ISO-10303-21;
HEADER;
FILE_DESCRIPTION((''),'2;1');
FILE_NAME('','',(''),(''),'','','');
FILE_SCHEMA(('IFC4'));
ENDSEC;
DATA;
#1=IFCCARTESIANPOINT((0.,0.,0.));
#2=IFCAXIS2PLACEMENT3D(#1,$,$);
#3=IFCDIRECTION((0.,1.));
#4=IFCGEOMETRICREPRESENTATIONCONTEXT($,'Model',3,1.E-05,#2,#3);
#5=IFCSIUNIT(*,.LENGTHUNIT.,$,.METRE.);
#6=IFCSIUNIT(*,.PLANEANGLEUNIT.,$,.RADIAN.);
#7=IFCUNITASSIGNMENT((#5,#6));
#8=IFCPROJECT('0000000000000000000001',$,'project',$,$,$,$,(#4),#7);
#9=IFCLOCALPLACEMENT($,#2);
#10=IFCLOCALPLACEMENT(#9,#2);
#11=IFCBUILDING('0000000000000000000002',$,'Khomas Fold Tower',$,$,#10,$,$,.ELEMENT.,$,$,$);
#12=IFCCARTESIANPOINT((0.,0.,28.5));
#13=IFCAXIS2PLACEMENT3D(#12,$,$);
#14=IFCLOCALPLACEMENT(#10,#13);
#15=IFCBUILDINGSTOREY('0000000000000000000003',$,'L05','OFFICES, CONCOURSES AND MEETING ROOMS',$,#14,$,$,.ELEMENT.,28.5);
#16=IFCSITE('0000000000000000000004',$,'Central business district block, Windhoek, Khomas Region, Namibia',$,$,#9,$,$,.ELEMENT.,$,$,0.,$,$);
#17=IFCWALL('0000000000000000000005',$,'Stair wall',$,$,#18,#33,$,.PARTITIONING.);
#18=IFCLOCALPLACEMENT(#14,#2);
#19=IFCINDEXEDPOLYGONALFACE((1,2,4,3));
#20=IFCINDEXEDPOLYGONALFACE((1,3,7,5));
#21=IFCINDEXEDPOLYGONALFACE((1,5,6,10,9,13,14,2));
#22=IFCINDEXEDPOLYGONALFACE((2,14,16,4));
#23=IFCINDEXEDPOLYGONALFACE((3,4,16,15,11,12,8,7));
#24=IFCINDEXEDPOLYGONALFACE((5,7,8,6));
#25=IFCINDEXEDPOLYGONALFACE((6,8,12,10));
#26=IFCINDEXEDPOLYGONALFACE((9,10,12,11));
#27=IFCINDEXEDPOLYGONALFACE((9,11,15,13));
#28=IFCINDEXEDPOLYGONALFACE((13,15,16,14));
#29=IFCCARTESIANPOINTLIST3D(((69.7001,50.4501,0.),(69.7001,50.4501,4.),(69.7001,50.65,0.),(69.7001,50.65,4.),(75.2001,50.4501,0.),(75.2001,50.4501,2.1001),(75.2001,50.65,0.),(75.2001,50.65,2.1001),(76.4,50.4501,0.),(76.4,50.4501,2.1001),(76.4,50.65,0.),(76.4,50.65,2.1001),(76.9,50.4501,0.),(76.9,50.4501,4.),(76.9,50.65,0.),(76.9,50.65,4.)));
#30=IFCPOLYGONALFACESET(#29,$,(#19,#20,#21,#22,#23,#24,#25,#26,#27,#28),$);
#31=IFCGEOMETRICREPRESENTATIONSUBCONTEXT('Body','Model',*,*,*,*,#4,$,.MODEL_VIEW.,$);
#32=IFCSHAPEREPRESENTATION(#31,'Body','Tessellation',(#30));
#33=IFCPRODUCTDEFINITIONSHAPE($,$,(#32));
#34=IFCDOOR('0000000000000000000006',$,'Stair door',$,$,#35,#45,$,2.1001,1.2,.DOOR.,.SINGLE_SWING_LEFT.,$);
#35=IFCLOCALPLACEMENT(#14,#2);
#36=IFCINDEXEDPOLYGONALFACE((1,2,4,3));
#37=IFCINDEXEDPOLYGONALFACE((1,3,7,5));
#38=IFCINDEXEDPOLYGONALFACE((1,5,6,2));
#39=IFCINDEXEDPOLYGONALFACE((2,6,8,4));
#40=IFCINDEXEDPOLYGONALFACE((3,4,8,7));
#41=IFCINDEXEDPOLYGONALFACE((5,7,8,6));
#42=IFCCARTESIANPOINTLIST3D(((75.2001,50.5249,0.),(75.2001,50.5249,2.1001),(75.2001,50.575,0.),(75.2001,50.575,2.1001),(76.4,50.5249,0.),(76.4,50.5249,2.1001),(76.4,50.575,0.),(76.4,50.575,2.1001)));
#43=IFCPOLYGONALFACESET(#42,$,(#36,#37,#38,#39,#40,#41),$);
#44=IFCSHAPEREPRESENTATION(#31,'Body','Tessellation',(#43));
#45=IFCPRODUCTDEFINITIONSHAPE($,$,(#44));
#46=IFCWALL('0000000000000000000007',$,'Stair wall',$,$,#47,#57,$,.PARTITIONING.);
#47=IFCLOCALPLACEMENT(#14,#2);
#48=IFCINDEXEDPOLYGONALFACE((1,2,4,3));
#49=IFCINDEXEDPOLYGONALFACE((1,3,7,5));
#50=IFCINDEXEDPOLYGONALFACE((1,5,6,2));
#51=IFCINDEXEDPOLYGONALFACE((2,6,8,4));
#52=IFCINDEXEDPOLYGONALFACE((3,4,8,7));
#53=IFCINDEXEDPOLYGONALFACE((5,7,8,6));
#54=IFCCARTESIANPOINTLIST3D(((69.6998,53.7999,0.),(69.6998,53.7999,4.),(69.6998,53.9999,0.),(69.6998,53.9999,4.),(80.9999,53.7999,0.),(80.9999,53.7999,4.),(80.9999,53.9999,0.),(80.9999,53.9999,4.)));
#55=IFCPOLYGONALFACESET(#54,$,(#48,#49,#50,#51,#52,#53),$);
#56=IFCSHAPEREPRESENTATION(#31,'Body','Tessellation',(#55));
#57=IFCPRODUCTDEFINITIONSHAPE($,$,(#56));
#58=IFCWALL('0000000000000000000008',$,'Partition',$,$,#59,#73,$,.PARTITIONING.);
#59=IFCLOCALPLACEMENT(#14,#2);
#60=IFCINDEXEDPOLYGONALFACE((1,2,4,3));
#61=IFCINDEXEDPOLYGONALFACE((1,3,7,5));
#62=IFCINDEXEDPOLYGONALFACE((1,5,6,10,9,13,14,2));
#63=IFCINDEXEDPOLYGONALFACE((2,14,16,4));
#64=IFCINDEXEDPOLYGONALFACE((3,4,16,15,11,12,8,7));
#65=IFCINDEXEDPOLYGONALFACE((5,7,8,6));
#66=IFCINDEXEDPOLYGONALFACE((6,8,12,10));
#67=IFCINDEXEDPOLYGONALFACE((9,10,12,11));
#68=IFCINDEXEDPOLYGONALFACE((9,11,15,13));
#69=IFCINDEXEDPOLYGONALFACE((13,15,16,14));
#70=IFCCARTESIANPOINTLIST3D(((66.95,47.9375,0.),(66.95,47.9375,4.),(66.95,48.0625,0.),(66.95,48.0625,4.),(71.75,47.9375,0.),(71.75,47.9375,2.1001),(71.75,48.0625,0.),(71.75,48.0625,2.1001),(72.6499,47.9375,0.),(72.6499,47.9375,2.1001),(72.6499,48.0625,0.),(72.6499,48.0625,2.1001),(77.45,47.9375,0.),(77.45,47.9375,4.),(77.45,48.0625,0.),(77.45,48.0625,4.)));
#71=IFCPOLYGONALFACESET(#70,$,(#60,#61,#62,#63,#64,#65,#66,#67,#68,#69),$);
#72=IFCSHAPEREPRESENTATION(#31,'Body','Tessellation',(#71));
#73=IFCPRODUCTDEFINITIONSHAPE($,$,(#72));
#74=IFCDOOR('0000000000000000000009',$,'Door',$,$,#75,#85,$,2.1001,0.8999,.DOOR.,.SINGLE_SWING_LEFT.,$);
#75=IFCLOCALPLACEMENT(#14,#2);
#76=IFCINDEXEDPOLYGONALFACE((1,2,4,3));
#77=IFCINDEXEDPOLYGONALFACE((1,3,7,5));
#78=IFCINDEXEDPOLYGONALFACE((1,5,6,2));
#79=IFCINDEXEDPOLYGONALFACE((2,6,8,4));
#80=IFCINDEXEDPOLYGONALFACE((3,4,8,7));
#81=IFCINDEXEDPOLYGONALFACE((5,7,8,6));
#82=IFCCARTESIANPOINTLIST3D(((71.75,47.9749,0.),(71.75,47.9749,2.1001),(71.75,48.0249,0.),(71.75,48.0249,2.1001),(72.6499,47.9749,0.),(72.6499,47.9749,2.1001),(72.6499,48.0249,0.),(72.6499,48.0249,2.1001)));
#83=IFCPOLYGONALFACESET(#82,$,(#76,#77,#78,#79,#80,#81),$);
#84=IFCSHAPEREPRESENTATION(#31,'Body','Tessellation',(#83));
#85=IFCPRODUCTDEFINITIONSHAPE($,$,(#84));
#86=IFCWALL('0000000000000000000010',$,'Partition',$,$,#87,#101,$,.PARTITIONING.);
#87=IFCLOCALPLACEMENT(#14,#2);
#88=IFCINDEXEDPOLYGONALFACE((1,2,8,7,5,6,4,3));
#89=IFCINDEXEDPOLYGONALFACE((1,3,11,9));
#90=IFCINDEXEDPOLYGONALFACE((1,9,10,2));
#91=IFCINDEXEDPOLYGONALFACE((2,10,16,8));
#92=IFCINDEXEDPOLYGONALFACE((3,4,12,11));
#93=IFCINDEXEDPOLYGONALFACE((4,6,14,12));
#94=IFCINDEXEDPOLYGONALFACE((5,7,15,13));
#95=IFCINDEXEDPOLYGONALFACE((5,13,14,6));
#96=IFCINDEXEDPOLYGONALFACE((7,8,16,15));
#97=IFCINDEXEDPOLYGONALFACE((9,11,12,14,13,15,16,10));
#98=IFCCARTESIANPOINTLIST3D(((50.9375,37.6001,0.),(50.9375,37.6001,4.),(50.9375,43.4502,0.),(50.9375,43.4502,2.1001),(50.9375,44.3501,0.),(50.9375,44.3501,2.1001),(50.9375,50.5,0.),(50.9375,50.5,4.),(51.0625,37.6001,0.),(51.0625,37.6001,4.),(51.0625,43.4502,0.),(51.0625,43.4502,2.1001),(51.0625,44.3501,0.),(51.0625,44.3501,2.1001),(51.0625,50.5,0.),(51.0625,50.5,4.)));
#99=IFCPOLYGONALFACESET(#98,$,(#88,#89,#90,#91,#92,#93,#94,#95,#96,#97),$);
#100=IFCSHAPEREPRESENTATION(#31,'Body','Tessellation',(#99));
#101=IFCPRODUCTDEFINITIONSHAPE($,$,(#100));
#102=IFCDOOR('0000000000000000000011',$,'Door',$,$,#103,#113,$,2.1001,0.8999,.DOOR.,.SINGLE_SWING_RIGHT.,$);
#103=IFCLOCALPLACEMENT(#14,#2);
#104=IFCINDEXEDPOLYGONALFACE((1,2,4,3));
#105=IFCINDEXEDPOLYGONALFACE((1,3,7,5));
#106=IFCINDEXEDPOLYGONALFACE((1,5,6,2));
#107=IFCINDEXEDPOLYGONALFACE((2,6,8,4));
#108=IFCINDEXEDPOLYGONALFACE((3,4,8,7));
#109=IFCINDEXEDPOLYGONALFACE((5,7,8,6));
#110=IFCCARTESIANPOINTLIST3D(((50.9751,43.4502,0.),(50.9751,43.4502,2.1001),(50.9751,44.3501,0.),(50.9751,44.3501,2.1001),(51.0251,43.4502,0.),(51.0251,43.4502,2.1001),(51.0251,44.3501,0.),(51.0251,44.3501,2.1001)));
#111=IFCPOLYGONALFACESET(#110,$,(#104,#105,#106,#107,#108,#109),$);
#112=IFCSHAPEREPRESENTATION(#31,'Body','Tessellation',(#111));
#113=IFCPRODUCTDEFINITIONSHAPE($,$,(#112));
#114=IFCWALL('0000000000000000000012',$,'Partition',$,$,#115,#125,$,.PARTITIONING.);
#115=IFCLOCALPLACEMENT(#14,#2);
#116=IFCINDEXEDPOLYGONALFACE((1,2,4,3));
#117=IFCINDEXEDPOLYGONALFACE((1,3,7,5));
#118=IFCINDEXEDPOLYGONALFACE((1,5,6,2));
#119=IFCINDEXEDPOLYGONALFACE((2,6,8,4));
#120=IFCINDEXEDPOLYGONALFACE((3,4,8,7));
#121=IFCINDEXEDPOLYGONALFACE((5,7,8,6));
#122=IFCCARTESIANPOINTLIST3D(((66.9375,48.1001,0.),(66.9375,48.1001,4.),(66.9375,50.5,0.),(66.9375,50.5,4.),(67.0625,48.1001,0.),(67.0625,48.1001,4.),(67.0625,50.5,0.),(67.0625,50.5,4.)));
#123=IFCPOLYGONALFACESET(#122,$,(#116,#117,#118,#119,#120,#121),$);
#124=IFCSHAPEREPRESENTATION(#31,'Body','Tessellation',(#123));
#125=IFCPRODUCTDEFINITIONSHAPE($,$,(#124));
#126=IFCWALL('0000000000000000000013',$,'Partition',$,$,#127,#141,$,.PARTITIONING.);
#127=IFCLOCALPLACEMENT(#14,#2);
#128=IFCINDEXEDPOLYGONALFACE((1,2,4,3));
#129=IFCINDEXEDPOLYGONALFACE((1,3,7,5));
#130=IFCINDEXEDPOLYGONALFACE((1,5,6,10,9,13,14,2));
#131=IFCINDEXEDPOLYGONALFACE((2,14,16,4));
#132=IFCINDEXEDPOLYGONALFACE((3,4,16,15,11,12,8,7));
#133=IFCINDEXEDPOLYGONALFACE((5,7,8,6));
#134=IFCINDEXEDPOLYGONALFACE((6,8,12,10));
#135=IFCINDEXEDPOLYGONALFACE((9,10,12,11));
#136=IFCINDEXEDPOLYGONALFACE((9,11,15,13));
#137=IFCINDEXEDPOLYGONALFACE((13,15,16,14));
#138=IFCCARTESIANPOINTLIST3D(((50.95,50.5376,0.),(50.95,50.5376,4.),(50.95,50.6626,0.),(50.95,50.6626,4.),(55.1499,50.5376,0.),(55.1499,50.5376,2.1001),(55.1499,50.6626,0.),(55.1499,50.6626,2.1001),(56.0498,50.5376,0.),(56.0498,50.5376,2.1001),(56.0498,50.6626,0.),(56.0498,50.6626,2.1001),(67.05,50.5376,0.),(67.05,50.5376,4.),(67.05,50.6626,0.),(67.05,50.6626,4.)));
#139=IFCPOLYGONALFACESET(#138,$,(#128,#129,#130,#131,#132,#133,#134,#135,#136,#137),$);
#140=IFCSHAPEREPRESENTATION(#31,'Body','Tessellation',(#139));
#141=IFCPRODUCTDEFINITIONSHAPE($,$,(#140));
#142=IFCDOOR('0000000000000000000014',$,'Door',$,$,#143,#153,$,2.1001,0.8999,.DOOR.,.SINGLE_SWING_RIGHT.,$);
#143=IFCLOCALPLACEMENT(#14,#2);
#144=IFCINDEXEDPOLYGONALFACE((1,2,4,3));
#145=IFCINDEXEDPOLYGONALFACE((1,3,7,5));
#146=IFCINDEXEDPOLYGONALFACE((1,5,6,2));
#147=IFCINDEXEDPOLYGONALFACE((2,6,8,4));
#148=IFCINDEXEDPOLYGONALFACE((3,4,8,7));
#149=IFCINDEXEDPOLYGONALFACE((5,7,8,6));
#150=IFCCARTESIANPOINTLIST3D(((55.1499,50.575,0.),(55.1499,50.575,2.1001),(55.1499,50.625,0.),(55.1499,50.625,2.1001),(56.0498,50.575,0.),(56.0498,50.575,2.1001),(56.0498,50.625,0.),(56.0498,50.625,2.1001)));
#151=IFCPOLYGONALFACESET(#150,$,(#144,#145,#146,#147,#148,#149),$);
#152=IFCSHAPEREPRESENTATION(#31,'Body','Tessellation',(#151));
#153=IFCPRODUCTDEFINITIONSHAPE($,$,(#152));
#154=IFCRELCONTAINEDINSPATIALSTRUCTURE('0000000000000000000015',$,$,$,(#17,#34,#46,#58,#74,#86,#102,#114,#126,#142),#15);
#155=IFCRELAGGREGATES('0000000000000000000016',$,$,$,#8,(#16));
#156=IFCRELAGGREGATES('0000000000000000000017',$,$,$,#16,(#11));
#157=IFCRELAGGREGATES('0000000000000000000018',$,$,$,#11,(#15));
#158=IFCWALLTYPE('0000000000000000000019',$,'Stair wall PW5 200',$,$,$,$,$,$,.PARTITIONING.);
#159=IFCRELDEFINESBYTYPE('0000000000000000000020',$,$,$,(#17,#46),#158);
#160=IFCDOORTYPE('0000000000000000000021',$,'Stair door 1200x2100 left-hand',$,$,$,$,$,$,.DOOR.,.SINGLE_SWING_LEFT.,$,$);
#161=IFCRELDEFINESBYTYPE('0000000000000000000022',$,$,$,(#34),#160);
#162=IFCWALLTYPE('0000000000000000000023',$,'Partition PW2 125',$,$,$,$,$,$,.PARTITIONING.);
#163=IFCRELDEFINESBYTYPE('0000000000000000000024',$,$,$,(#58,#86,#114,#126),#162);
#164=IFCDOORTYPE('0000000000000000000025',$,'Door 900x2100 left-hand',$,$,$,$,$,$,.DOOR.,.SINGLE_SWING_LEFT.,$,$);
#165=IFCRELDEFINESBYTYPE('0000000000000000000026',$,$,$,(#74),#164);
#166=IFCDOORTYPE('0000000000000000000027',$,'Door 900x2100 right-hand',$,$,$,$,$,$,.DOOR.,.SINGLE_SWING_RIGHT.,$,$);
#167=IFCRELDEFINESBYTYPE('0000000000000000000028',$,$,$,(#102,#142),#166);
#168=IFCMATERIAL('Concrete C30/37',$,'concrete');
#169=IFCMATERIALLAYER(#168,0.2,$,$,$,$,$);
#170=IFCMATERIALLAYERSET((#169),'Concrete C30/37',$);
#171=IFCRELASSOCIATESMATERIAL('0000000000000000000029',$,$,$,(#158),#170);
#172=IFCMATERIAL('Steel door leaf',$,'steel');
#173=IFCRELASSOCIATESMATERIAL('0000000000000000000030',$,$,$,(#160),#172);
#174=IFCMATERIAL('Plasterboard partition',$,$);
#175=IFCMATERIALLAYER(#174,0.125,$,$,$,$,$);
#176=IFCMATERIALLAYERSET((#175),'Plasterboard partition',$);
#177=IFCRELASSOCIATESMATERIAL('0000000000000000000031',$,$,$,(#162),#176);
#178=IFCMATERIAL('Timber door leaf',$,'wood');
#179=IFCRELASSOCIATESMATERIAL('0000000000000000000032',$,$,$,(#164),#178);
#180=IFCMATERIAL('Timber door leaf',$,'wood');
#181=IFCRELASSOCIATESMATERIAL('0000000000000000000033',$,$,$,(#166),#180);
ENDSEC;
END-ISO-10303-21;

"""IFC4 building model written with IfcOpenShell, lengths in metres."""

from ifc_helpers import new_model, si_unit, direction, frame, frame_2d, origin, place, context, subcontext, project, spatial, rectangle, extrude, source, transform, mapped, material, layer, layer_set, type_object, element, fill, save


model = new_model("IFC4")

# Units and contexts
model_context = context("Model", 3, precision=1e-05, world=origin(), true_north=direction((0.0, 1.0)))
body_context = subcontext(model_context, "Body", "Model", "MODEL_VIEW")
ifc_project = project(units=[si_unit("LENGTHUNIT", "METRE"), si_unit("PLANEANGLEUNIT", "RADIAN")], contexts=[model_context])

# Site, building, storey
site_placement = place(None, origin())
site = spatial("IfcSite", under=ifc_project, at=site_placement, Name="Central business district block, Windhoek, Khomas Region, Namibia", CompositionType="ELEMENT", RefElevation=0.0)
building_placement = place(site_placement, origin())
building = spatial("IfcBuilding", under=site, at=building_placement, Name="Khomas Fold Tower", CompositionType="ELEMENT")
storey_placement = place(building_placement, frame((0.0, 0.0, 28.5)))
storey = spatial("IfcBuildingStorey", under=building, at=storey_placement, Name="L05", Description="OFFICES, CONCOURSES AND MEETING ROOMS", CompositionType="ELEMENT", Elevation=28.5)

# Wall, opening, door
ifc_material_1 = material(Name="Concrete C30/37", Category="concrete")
ifc_layer_1 = layer(ifc_material_1, 0.2)
ifc_layer_set_1 = layer_set([ifc_layer_1], Name="Concrete C30/37")
wall_type_1 = type_object("IfcWallType", Name="Stair wall PW5 200", PredefinedType="PARTITIONING", material=ifc_layer_set_1)
shared_shape_1 = source(origin(), body_context, "Body", "SweptSolid", [
    extrude(rectangle(XDim=7.2, YDim=0.2, at=frame_2d((3.6001, 0.0))), origin(), (0.0, 0.0, 1.0), 4.0),
])
wall_1_placement = place(storey_placement, frame((69.7, 50.55, 0.0), z_axis=(0.0, 0.0, 1.0), x_axis=(1.0, 0.0, 0.0)))
wall_1 = element("IfcWall", 1, at=wall_1_placement, inside=storey, type_object=wall_type_1, Name="Stair wall", PredefinedType="PARTITIONING", context=body_context, shape_type="MappedRepresentation", body=[
    mapped(shared_shape_1, transform((0.0, 0.0, 0.0))),
])
shared_shape_2 = source(origin(), body_context, "Body", "SweptSolid", [
    extrude(rectangle(XDim=1.2, YDim=2.1001, at=frame_2d((0.6001, 1.05))), frame((0.0, 0.1099, 0.0), z_axis=(0.0, -1.0, 0.0), x_axis=(1.0, 0.0, 0.0)), (0.0, 0.0, 1.0), 0.22),
])
opening_1_placement = place(wall_1_placement, frame((5.5, 0.0, 0.0)))
opening_1 = element("IfcOpeningElement", 2, at=opening_1_placement, cuts=wall_1, PredefinedType="OPENING", context=body_context, shape_type="MappedRepresentation", body=[
    mapped(shared_shape_2, transform((0.0, 0.0, 0.0))),
])
ifc_material_2 = material(Name="Steel door leaf", Category="steel")
door_type_1 = type_object("IfcDoorType", Name="Stair door 1200x2100 left-hand", OperationType="SINGLE_SWING_LEFT", PredefinedType="DOOR", material=ifc_material_2)
shared_shape_3 = source(origin(), body_context, "Body", "SweptSolid", [
    extrude(rectangle(XDim=1.2, YDim=2.1001, at=frame_2d((0.6001, 1.05))), frame((0.0, 0.0249, 0.0), z_axis=(0.0, -1.0, 0.0), x_axis=(1.0, 0.0, 0.0)), (0.0, 0.0, 1.0), 0.05),
])
door_1_placement = place(opening_1_placement, origin())
door_1 = element("IfcDoor", 3, at=door_1_placement, inside=storey, type_object=door_type_1, Name="Stair door", OperationType="SINGLE_SWING_LEFT", OverallHeight=2.1001, OverallWidth=1.2, PredefinedType="DOOR", context=body_context, shape_type="MappedRepresentation", body=[
    mapped(shared_shape_3, transform((0.0, 0.0, 0.0))),
])
fill(opening_1, door_1)

# Wall
shared_shape_4 = source(origin(), body_context, "Body", "SweptSolid", [
    extrude(rectangle(XDim=11.3, YDim=0.2, at=frame_2d((5.6499, 0.0))), origin(), (0.0, 0.0, 1.0), 4.0),
])
wall_2_placement = place(storey_placement, frame((69.7, 53.8999, 0.0), z_axis=(0.0, 0.0, 1.0), x_axis=(1.0, 0.0, 0.0)))
element("IfcWall", 4, at=wall_2_placement, inside=storey, type_object=wall_type_1, Name="Stair wall", PredefinedType="PARTITIONING", context=body_context, shape_type="MappedRepresentation", body=[
    mapped(shared_shape_4, transform((0.0, 0.0, 0.0))),
])

# Walls, openings, doors
ifc_material_3 = material(Name="Plasterboard partition")
ifc_layer_2 = layer(ifc_material_3, 0.125)
ifc_layer_set_2 = layer_set([ifc_layer_2], Name="Plasterboard partition")
wall_type_2 = type_object("IfcWallType", Name="Partition PW2 125", PredefinedType="PARTITIONING", material=ifc_layer_set_2)
shared_shape_5 = source(origin(), body_context, "Body", "SweptSolid", [
    extrude(rectangle(XDim=10.5, YDim=0.125, at=frame_2d((5.25, 0.0))), origin(), (0.0, 0.0, 1.0), 4.0),
])
wall_3_placement = place(storey_placement, frame((66.95, 48.0, 0.0), z_axis=(0.0, 0.0, 1.0), x_axis=(1.0, 0.0, 0.0)))
wall_3 = element("IfcWall", 5, at=wall_3_placement, inside=storey, type_object=wall_type_2, Name="Partition", PredefinedType="PARTITIONING", context=body_context, shape_type="MappedRepresentation", body=[
    mapped(shared_shape_5, transform((0.0, 0.0, 0.0))),
])
shared_shape_6 = source(origin(), body_context, "Body", "SweptSolid", [
    extrude(rectangle(XDim=0.8999, YDim=2.1001, at=frame_2d((0.45, 1.05))), frame((0.0, 0.0725, 0.0), z_axis=(0.0, -1.0, 0.0), x_axis=(1.0, 0.0, 0.0)), (0.0, 0.0, 1.0), 0.145),
])
opening_2_placement = place(wall_3_placement, frame((4.8, 0.0, 0.0)))
opening_2 = element("IfcOpeningElement", 6, at=opening_2_placement, cuts=wall_3, PredefinedType="OPENING", context=body_context, shape_type="MappedRepresentation", body=[
    mapped(shared_shape_6, transform((0.0, 0.0, 0.0))),
])
ifc_material_4 = material(Name="Timber door leaf", Category="wood")
door_type_2 = type_object("IfcDoorType", Name="Door 900x2100 left-hand", OperationType="SINGLE_SWING_LEFT", PredefinedType="DOOR", material=ifc_material_4)
shared_shape_7 = source(origin(), body_context, "Body", "SweptSolid", [
    extrude(rectangle(XDim=0.8999, YDim=2.1001, at=frame_2d((0.45, 1.05))), frame((0.0, 0.0249, 0.0), z_axis=(0.0, -1.0, 0.0), x_axis=(1.0, 0.0, 0.0)), (0.0, 0.0, 1.0), 0.05),
])
door_2_placement = place(opening_2_placement, origin())
door_2 = element("IfcDoor", 7, at=door_2_placement, inside=storey, type_object=door_type_2, Name="Door", OperationType="SINGLE_SWING_LEFT", OverallHeight=2.1001, OverallWidth=0.8999, PredefinedType="DOOR", context=body_context, shape_type="MappedRepresentation", body=[
    mapped(shared_shape_7, transform((0.0, 0.0, 0.0))),
])
fill(opening_2, door_2)
shared_shape_8 = source(origin(), body_context, "Body", "SweptSolid", [
    extrude(rectangle(XDim=12.8999, YDim=0.125, at=frame_2d((6.45, 0.0))), origin(), (0.0, 0.0, 1.0), 4.0),
])
wall_4_placement = place(storey_placement, frame((51.0, 37.6001, 0.0), z_axis=(0.0, 0.0, 1.0), x_axis=(0.0, 1.0, 0.0)))
wall_4 = element("IfcWall", 8, at=wall_4_placement, inside=storey, type_object=wall_type_2, Name="Partition", PredefinedType="PARTITIONING", context=body_context, shape_type="MappedRepresentation", body=[
    mapped(shared_shape_8, transform((0.0, 0.0, 0.0))),
])
opening_3_placement = place(wall_4_placement, frame((5.8501, 0.0, 0.0)))
opening_3 = element("IfcOpeningElement", 9, at=opening_3_placement, cuts=wall_4, PredefinedType="OPENING", context=body_context, shape_type="MappedRepresentation", body=[
    mapped(shared_shape_6, transform((0.0, 0.0, 0.0))),
])
ifc_material_5 = material(Name="Timber door leaf", Category="wood")
door_type_3 = type_object("IfcDoorType", Name="Door 900x2100 right-hand", OperationType="SINGLE_SWING_RIGHT", PredefinedType="DOOR", material=ifc_material_5)
door_3_placement = place(opening_3_placement, origin())
door_3 = element("IfcDoor", 10, at=door_3_placement, inside=storey, type_object=door_type_3, Name="Door", OperationType="SINGLE_SWING_RIGHT", OverallHeight=2.1001, OverallWidth=0.8999, PredefinedType="DOOR", context=body_context, shape_type="MappedRepresentation", body=[
    mapped(shared_shape_7, transform((0.0, 0.0, 0.0))),
])
fill(opening_3, door_3)

# Wall
shared_shape_9 = source(origin(), body_context, "Body", "SweptSolid", [
    extrude(rectangle(XDim=2.3999, YDim=0.125, at=frame_2d((1.2, 0.0))), origin(), (0.0, 0.0, 1.0), 4.0),
])
wall_5_placement = place(storey_placement, frame((67.0, 48.1001, 0.0), z_axis=(0.0, 0.0, 1.0), x_axis=(0.0, 1.0, 0.0)))
element("IfcWall", 11, at=wall_5_placement, inside=storey, type_object=wall_type_2, Name="Partition", PredefinedType="PARTITIONING", context=body_context, shape_type="MappedRepresentation", body=[
    mapped(shared_shape_9, transform((0.0, 0.0, 0.0))),
])

# Wall, opening, door
shared_shape_10 = source(origin(), body_context, "Body", "SweptSolid", [
    extrude(rectangle(XDim=16.1001, YDim=0.125, at=frame_2d((8.05, 0.0))), origin(), (0.0, 0.0, 1.0), 4.0),
])
wall_6_placement = place(storey_placement, frame((50.95, 50.6001, 0.0), z_axis=(0.0, 0.0, 1.0), x_axis=(1.0, 0.0, 0.0)))
wall_6 = element("IfcWall", 12, at=wall_6_placement, inside=storey, type_object=wall_type_2, Name="Partition", PredefinedType="PARTITIONING", context=body_context, shape_type="MappedRepresentation", body=[
    mapped(shared_shape_10, transform((0.0, 0.0, 0.0))),
])
opening_4_placement = place(wall_6_placement, frame((4.2, 0.0, 0.0)))
opening_4 = element("IfcOpeningElement", 13, at=opening_4_placement, cuts=wall_6, PredefinedType="OPENING", context=body_context, shape_type="MappedRepresentation", body=[
    mapped(shared_shape_6, transform((0.0, 0.0, 0.0))),
])
door_4_placement = place(opening_4_placement, origin())
door_4 = element("IfcDoor", 14, at=door_4_placement, inside=storey, type_object=door_type_3, Name="Door", OperationType="SINGLE_SWING_RIGHT", OverallHeight=2.1001, OverallWidth=0.8999, PredefinedType="DOOR", context=body_context, shape_type="MappedRepresentation", body=[
    mapped(shared_shape_7, transform((0.0, 0.0, 0.0))),
])
fill(opening_4, door_4)

save(model, "model.ifc")
